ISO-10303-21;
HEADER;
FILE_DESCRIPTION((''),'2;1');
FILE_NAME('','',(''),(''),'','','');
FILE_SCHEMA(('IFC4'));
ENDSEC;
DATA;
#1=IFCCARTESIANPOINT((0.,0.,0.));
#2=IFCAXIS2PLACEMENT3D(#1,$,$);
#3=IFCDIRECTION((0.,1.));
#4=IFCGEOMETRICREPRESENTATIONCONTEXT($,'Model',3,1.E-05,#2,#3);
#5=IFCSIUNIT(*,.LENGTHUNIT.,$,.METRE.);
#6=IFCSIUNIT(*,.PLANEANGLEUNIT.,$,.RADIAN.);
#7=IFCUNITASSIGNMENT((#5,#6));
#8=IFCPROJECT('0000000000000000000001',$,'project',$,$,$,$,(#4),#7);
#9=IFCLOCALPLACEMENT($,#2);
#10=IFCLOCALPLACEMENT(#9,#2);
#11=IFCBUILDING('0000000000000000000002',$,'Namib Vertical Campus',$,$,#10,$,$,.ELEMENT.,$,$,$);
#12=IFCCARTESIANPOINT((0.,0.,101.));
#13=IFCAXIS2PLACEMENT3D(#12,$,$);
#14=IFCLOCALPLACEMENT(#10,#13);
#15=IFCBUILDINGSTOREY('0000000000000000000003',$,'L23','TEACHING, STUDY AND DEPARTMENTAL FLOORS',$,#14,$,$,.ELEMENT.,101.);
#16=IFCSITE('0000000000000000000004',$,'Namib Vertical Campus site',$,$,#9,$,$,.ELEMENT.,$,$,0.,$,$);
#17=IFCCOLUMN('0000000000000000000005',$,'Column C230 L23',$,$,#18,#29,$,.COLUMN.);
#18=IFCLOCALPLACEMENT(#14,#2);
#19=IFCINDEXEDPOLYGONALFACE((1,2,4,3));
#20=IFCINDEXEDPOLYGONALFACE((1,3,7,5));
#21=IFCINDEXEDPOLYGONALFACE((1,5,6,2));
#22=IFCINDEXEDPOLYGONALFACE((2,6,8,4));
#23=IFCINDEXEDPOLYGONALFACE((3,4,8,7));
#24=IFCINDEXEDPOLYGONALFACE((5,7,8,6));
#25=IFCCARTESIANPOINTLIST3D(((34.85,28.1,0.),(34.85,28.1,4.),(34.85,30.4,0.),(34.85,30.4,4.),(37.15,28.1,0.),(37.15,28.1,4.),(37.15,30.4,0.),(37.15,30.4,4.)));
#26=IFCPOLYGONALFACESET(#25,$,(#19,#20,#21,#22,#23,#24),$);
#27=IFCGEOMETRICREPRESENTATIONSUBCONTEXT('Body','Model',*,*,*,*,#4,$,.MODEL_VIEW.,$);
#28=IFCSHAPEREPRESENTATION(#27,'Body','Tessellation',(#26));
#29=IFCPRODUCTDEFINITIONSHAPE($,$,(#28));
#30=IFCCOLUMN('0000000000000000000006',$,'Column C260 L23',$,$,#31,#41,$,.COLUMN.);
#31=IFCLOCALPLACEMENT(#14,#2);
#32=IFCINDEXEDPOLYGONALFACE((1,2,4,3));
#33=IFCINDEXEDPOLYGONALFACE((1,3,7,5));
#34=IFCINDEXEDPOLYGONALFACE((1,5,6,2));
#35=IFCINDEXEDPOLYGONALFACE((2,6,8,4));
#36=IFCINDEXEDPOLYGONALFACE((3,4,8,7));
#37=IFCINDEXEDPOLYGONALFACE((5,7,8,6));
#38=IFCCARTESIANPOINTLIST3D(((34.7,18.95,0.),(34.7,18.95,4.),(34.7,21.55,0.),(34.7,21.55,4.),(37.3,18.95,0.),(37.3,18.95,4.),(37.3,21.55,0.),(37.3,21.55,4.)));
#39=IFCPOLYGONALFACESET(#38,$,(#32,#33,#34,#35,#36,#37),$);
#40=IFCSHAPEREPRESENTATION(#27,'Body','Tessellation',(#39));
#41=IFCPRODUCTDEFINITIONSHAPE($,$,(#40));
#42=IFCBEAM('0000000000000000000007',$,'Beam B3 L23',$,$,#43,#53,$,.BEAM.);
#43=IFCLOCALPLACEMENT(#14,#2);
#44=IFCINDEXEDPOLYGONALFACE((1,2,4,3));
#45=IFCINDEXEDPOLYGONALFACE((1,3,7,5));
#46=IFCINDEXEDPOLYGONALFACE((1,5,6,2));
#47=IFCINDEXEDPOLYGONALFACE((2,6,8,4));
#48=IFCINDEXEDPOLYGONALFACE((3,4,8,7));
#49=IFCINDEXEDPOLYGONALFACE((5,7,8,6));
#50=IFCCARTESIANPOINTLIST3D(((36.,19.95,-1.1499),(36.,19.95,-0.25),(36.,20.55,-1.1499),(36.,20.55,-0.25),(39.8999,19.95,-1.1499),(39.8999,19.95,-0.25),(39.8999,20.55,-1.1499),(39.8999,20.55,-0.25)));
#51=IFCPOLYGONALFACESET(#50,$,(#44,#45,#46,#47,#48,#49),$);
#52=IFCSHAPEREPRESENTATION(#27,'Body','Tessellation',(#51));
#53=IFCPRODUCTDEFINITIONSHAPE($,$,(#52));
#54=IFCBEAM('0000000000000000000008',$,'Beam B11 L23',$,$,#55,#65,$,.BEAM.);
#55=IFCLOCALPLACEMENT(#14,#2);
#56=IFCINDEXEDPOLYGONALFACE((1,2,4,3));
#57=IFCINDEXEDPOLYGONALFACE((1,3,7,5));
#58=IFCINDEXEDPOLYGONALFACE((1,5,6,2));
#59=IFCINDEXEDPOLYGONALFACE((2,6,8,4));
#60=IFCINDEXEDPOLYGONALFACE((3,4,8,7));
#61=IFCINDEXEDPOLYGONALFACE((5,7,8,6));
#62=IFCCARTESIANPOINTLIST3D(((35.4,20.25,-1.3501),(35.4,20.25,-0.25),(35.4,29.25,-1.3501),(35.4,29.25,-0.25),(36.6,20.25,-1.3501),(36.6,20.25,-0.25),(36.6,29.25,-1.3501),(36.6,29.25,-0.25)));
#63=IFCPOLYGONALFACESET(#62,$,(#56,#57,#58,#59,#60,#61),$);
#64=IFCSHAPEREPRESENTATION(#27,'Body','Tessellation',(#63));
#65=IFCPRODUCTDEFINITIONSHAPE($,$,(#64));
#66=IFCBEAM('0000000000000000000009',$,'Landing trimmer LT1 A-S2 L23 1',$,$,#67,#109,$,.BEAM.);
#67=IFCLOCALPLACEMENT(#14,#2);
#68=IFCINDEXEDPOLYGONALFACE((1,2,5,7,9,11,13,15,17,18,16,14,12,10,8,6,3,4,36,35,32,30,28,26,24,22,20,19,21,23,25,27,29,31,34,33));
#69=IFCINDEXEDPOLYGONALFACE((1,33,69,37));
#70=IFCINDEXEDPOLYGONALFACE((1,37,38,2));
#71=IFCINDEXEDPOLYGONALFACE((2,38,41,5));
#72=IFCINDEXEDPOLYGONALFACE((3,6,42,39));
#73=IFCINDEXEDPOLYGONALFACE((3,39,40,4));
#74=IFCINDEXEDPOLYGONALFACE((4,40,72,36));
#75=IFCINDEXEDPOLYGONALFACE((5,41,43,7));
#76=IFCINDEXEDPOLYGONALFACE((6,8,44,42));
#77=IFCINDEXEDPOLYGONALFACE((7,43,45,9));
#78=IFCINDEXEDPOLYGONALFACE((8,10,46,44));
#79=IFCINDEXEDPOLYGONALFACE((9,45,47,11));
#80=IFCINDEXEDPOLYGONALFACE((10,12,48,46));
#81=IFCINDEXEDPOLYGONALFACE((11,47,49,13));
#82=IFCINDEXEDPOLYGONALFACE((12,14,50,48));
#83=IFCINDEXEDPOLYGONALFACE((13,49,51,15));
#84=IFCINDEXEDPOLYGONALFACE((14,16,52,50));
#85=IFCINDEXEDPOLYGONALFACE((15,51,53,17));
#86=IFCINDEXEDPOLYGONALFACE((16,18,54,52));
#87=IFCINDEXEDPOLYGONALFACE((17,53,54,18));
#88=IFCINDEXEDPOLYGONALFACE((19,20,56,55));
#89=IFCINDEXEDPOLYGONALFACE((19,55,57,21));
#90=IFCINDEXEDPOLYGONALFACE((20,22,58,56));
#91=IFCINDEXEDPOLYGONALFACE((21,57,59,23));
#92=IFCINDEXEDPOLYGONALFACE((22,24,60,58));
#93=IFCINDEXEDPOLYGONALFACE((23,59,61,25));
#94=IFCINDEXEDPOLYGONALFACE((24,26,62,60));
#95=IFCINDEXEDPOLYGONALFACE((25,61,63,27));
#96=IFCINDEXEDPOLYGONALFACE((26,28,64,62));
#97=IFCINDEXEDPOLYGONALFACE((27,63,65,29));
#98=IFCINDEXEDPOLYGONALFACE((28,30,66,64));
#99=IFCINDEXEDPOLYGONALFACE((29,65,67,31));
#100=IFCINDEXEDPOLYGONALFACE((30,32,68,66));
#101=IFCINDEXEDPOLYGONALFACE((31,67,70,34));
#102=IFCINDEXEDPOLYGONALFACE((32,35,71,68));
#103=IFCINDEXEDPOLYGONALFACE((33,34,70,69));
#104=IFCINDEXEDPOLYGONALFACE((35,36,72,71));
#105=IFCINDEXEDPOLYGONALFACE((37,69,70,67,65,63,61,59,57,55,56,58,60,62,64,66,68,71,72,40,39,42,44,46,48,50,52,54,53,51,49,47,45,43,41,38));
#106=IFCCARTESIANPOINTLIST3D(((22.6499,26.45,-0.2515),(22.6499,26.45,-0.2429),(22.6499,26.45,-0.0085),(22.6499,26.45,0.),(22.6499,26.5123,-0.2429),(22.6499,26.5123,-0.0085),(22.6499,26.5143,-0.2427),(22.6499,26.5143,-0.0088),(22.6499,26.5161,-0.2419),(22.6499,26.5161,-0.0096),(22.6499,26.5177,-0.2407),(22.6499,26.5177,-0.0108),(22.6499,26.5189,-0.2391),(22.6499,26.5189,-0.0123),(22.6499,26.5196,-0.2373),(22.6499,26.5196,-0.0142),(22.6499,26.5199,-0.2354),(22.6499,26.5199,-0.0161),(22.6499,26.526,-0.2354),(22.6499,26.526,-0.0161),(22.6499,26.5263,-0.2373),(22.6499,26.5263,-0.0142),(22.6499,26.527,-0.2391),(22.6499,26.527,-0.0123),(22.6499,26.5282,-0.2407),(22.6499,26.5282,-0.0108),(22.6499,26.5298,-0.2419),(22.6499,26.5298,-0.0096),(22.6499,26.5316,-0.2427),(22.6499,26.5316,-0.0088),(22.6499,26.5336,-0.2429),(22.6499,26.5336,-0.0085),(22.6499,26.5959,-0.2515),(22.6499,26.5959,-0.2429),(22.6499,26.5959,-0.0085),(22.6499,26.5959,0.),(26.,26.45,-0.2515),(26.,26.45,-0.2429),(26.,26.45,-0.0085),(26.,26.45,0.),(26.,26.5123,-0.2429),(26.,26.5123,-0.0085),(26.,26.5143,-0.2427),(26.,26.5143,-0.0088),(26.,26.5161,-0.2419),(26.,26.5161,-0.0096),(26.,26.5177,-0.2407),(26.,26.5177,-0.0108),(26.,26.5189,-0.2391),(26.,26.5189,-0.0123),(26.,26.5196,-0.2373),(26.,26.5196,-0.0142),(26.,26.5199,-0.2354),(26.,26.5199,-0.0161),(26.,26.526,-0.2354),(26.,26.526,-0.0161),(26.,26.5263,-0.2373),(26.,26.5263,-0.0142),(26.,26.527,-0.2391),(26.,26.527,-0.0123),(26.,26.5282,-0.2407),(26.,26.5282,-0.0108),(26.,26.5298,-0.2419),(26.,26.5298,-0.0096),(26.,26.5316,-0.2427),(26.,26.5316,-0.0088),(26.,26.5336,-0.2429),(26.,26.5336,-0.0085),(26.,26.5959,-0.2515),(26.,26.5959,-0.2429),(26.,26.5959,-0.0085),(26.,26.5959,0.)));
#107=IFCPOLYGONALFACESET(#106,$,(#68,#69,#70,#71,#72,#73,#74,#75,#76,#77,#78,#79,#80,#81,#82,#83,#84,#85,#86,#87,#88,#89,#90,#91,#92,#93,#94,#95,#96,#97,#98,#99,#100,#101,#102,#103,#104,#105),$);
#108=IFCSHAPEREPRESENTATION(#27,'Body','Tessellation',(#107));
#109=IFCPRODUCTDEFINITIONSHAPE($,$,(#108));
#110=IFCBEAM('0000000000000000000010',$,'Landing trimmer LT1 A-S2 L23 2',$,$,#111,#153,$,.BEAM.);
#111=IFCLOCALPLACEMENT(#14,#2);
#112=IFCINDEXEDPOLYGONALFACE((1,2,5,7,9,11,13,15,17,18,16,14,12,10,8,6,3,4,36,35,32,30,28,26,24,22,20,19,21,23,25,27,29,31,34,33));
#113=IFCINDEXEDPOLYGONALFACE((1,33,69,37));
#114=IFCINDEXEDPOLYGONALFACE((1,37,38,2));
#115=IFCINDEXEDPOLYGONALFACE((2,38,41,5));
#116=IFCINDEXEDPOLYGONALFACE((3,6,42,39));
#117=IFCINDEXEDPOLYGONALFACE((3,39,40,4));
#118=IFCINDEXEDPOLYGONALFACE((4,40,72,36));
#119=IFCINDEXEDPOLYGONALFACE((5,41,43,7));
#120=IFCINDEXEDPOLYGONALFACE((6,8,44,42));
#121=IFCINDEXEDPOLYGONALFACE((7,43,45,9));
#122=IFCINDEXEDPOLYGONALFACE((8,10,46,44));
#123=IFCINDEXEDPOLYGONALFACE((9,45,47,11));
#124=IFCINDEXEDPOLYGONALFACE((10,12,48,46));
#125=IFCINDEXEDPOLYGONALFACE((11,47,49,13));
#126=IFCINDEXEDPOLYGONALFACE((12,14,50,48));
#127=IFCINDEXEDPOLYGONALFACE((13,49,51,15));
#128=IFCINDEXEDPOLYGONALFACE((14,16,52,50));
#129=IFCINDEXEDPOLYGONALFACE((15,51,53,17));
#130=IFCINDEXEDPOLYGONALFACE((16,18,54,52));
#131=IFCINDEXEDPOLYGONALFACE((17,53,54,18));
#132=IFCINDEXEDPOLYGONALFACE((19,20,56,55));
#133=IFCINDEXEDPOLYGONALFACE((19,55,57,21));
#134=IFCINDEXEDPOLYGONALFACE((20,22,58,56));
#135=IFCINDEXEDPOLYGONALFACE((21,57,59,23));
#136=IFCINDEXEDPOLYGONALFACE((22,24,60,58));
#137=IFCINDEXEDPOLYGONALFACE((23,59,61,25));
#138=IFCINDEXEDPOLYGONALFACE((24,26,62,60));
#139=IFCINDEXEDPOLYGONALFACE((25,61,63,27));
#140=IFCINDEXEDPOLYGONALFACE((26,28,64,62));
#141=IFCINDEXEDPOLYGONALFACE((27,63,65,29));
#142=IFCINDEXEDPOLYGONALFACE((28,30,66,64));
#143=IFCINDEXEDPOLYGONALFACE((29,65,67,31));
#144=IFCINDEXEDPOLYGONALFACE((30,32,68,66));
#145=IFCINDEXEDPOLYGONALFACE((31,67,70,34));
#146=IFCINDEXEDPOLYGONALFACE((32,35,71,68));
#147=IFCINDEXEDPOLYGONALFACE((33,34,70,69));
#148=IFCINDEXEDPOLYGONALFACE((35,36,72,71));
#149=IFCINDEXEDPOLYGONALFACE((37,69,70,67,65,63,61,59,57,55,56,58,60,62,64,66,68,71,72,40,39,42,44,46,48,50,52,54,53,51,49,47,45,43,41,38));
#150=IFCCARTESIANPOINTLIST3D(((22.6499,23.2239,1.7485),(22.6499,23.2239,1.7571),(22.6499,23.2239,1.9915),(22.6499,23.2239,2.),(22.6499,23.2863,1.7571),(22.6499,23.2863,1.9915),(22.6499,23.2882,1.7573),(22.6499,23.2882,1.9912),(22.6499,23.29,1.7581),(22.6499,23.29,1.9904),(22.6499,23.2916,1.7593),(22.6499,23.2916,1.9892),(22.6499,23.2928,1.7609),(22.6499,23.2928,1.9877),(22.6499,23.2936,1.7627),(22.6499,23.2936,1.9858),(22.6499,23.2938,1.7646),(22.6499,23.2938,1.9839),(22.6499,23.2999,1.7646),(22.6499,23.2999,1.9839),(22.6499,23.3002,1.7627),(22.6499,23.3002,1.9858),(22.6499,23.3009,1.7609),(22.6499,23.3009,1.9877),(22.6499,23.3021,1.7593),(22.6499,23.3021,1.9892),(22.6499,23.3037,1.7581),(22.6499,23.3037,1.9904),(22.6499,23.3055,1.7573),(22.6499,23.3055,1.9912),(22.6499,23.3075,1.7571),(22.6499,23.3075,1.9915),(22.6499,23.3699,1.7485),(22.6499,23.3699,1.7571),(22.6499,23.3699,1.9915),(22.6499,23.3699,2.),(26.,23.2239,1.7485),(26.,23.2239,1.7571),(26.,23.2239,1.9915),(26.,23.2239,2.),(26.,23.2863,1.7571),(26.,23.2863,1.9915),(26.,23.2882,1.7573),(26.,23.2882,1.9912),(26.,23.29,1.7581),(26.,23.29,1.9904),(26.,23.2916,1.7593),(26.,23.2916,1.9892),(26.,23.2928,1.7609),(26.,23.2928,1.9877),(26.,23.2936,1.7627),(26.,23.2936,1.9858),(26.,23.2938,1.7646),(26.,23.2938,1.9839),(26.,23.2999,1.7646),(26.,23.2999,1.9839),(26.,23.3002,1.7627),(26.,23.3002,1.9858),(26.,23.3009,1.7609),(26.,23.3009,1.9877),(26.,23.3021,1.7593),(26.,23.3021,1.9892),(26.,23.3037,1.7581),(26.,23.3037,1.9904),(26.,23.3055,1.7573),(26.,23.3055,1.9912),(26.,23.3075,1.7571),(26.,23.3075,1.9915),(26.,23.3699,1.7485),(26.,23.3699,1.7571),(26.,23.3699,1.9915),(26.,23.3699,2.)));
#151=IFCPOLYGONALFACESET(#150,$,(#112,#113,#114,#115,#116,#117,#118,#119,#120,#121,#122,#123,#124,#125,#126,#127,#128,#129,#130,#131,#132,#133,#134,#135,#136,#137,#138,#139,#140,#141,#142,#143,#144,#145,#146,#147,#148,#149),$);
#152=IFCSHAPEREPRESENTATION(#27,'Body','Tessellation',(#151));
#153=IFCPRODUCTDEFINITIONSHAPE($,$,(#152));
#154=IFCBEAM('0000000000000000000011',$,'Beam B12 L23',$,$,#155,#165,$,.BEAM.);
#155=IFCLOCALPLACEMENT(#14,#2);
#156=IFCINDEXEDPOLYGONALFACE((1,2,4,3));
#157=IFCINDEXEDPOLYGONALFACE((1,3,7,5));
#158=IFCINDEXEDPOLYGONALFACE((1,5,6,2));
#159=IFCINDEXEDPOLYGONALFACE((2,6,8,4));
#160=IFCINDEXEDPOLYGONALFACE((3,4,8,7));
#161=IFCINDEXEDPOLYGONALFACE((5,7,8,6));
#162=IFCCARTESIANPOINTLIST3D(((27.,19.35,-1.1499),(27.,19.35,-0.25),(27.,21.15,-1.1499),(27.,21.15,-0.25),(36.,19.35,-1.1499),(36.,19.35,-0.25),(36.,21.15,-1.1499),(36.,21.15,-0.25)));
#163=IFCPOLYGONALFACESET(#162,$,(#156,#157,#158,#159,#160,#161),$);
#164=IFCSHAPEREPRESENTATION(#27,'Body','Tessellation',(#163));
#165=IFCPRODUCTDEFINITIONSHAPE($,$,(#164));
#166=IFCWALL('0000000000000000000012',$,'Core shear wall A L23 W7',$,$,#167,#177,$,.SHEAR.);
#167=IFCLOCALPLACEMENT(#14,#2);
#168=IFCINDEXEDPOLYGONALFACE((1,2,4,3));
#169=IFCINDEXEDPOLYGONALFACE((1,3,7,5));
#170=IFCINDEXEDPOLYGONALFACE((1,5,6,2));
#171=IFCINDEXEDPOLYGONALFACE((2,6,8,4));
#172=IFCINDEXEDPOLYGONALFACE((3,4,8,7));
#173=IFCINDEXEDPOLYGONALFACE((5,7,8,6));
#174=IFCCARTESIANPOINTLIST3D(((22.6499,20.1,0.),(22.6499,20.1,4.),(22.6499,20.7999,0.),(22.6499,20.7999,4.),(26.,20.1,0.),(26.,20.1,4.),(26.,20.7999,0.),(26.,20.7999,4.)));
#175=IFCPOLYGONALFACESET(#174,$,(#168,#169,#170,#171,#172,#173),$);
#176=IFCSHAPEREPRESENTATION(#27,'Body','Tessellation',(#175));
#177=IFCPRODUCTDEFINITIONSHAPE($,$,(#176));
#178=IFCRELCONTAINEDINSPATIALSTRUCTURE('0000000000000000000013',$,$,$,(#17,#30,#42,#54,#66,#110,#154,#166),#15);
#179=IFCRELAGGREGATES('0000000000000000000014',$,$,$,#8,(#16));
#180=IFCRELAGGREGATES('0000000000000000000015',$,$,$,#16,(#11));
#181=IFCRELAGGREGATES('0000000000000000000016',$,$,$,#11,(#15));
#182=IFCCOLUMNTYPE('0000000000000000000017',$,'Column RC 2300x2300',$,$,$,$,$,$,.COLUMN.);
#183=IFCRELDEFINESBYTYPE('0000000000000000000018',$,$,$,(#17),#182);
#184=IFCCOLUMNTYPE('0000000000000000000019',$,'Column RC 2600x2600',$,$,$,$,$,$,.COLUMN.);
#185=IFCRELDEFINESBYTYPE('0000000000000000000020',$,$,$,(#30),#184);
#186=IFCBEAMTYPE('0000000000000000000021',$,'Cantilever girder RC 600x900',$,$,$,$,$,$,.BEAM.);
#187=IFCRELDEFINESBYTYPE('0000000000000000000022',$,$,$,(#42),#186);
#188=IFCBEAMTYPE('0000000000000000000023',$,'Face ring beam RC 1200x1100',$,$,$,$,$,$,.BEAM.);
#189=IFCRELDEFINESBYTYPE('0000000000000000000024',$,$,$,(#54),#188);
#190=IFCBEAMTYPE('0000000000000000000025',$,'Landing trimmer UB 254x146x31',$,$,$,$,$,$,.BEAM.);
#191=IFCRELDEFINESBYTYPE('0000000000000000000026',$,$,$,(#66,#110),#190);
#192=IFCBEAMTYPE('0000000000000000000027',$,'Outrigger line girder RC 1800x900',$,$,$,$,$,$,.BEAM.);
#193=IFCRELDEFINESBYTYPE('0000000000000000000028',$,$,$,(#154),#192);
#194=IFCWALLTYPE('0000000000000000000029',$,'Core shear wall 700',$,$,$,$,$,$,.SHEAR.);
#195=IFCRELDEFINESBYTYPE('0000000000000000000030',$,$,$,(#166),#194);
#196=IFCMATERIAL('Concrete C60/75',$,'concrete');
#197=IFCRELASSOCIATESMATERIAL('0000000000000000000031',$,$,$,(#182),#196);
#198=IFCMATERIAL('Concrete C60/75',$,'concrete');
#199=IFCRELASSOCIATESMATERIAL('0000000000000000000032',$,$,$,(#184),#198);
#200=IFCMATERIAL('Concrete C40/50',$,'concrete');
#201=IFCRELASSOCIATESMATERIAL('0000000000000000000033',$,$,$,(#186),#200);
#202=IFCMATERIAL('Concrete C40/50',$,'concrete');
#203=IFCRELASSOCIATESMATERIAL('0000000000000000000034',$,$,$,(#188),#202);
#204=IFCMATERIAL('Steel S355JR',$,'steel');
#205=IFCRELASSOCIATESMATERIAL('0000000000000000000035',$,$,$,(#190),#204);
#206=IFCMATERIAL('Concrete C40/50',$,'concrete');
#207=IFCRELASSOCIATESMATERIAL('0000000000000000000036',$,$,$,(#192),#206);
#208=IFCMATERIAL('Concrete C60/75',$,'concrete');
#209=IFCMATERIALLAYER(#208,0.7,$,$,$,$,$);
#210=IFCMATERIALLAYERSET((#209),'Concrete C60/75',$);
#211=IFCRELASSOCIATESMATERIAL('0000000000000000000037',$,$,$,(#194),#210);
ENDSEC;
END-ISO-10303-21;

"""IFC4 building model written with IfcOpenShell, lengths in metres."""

from ifc_helpers import new_model, si_unit, direction, frame, frame_2d, origin, origin_2d, place, context, subcontext, project, spatial, rectangle, i_section, extrude, material, layer, layer_set, material_profile, profile_set, type_object, element, save


model = new_model("IFC4")

# Units and contexts
model_context = context("Model", 3, precision=1e-05, world=origin(), true_north=direction((0.0, 1.0)))
body_context = subcontext(model_context, "Body", "Model", "MODEL_VIEW")
ifc_project = project(units=[si_unit("LENGTHUNIT", "METRE"), si_unit("PLANEANGLEUNIT", "RADIAN")], contexts=[model_context])

# Site, building, storey
site_placement = place(None, origin())
site = spatial("IfcSite", under=ifc_project, at=site_placement, Name="Namib Vertical Campus site", CompositionType="ELEMENT", RefElevation=0.0)
building_placement = place(site_placement, origin())
building = spatial("IfcBuilding", under=site, at=building_placement, Name="Namib Vertical Campus", CompositionType="ELEMENT")
storey_placement = place(building_placement, frame((0.0, 0.0, 101.0)))
storey = spatial("IfcBuildingStorey", under=building, at=storey_placement, Name="L23", Description="TEACHING, STUDY AND DEPARTMENTAL FLOORS", CompositionType="ELEMENT", Elevation=101.0)

# Columns
ifc_material_1 = material(Name="Concrete C60/75", Category="concrete")
ifc_material_profile_1 = material_profile(ifc_material_1, rectangle(XDim=2.3, YDim=2.3, at=origin_2d()))
ifc_profile_set_1 = profile_set([ifc_material_profile_1], Name="Concrete C60/75")
column_type_1 = type_object("IfcColumnType", Name="Column RC 2300x2300", PredefinedType="COLUMN", material=ifc_profile_set_1)
column_1_placement = place(storey_placement, frame((36.0, 29.25, 0.0), z_axis=(0.0, 0.0, 1.0), x_axis=(1.0, 0.0, 0.0)))
element("IfcColumn", 1, at=column_1_placement, inside=storey, type_object=column_type_1, Name="Column C230 L23", PredefinedType="COLUMN", context=body_context, shape_type="SweptSolid", body=[
    extrude(rectangle(XDim=2.3, YDim=2.3, at=origin_2d()), origin(), (0.0, 0.0, 1.0), 4.0),
])
ifc_material_2 = material(Name="Concrete C60/75", Category="concrete")
ifc_material_profile_2 = material_profile(ifc_material_2, rectangle(XDim=2.6001, YDim=2.6001, at=origin_2d()))
ifc_profile_set_2 = profile_set([ifc_material_profile_2], Name="Concrete C60/75")
column_type_2 = type_object("IfcColumnType", Name="Column RC 2600x2600", PredefinedType="COLUMN", material=ifc_profile_set_2)
column_2_placement = place(storey_placement, frame((36.0, 20.25, 0.0), z_axis=(0.0, 0.0, 1.0), x_axis=(1.0, 0.0, 0.0)))
element("IfcColumn", 2, at=column_2_placement, inside=storey, type_object=column_type_2, Name="Column C260 L23", PredefinedType="COLUMN", context=body_context, shape_type="SweptSolid", body=[
    extrude(rectangle(XDim=2.6001, YDim=2.6001, at=origin_2d()), origin(), (0.0, 0.0, 1.0), 4.0),
])

# Beams
ifc_material_3 = material(Name="Concrete C40/50", Category="concrete")
ifc_material_profile_3 = material_profile(ifc_material_3, rectangle(XDim=0.6001, YDim=0.8999, at=origin_2d()))
ifc_profile_set_3 = profile_set([ifc_material_profile_3], Name="Concrete C40/50")
beam_type_1 = type_object("IfcBeamType", Name="Cantilever girder RC 600x900", PredefinedType="BEAM", material=ifc_profile_set_3)
beam_1_placement = place(storey_placement, frame((36.0, 20.25, -0.7), z_axis=(1.0, 0.0, 0.0), x_axis=(0.0, 1.0, 0.0)))
element("IfcBeam", 3, at=beam_1_placement, inside=storey, type_object=beam_type_1, Name="Beam B3 L23", PredefinedType="BEAM", context=body_context, shape_type="SweptSolid", body=[
    extrude(rectangle(XDim=0.6001, YDim=0.8999, at=origin_2d()), origin(), (0.0, 0.0, 1.0), 3.8999),
])
ifc_material_4 = material(Name="Concrete C40/50", Category="concrete")
ifc_material_profile_4 = material_profile(ifc_material_4, rectangle(XDim=1.2, YDim=1.1001, at=origin_2d()))
ifc_profile_set_4 = profile_set([ifc_material_profile_4], Name="Concrete C40/50")
beam_type_2 = type_object("IfcBeamType", Name="Face ring beam RC 1200x1100", PredefinedType="BEAM", material=ifc_profile_set_4)
beam_2_placement = place(storey_placement, frame((36.0, 20.25, -0.8), z_axis=(0.0, 1.0, 0.0), x_axis=(-1.0, 0.0, 0.0)))
element("IfcBeam", 4, at=beam_2_placement, inside=storey, type_object=beam_type_2, Name="Beam B11 L23", PredefinedType="BEAM", context=body_context, shape_type="SweptSolid", body=[
    extrude(rectangle(XDim=1.2, YDim=1.1001, at=origin_2d()), origin(), (0.0, 0.0, 1.0), 9.0),
])
ifc_material_5 = material(Name="Steel S355JR", Category="steel")
ifc_material_profile_5 = material_profile(ifc_material_5, i_section(OverallWidth=0.146, OverallDepth=0.2515, WebThickness=0.0061, FlangeThickness=0.0085, FilletRadius=0.0076, at=origin_2d()))
ifc_profile_set_5 = profile_set([ifc_material_profile_5], Name="Steel S355JR")
beam_type_3 = type_object("IfcBeamType", Name="Landing trimmer UB 254x146x31", PredefinedType="BEAM", material=ifc_profile_set_5)
for number, where, z_axis, x_axis, name in (
    (5, (22.6499, 26.5229, -0.1257), (1.0, 0.0, 0.0), (0.0, 1.0, 0.0), "Landing trimmer LT1 A-S2 L23 1"),
    (6, (22.6499, 23.2969, 1.8743), (1.0, 0.0, 0.0), (0.0, 1.0, 0.0), "Landing trimmer LT1 A-S2 L23 2"),
):
    element("IfcBeam", number, at=place(storey_placement, frame(where, z_axis=z_axis, x_axis=x_axis)), inside=storey, type_object=beam_type_3, Name=name, PredefinedType="BEAM", context=body_context, shape_type="SweptSolid", body=[
        extrude(i_section(OverallWidth=0.146, OverallDepth=0.2515, WebThickness=0.0061, FlangeThickness=0.0085, FilletRadius=0.0076, at=origin_2d()), origin(), (0.0, 0.0, 1.0), 3.3501),
    ])
ifc_material_6 = material(Name="Concrete C40/50", Category="concrete")
ifc_material_profile_6 = material_profile(ifc_material_6, rectangle(XDim=1.8, YDim=0.8999, at=origin_2d()))
ifc_profile_set_6 = profile_set([ifc_material_profile_6], Name="Concrete C40/50")
beam_type_4 = type_object("IfcBeamType", Name="Outrigger line girder RC 1800x900", PredefinedType="BEAM", material=ifc_profile_set_6)
beam_3_placement = place(storey_placement, frame((36.0, 20.25, -0.7), z_axis=(-1.0, 0.0, 0.0), x_axis=(0.0, -1.0, 0.0)))
element("IfcBeam", 7, at=beam_3_placement, inside=storey, type_object=beam_type_4, Name="Beam B12 L23", PredefinedType="BEAM", context=body_context, shape_type="SweptSolid", body=[
    extrude(rectangle(XDim=1.8, YDim=0.8999, at=origin_2d()), origin(), (0.0, 0.0, 1.0), 9.0),
])

# Wall
ifc_material_7 = material(Name="Concrete C60/75", Category="concrete")
ifc_layer_1 = layer(ifc_material_7, 0.7)
ifc_layer_set_1 = layer_set([ifc_layer_1], Name="Concrete C60/75")
wall_type_1 = type_object("IfcWallType", Name="Core shear wall 700", PredefinedType="SHEAR", material=ifc_layer_set_1)
wall_1_placement = place(storey_placement, frame((22.6499, 20.45, 0.0), z_axis=(0.0, 0.0, 1.0), x_axis=(1.0, 0.0, 0.0)))
element("IfcWall", 8, at=wall_1_placement, inside=storey, type_object=wall_type_1, Name="Core shear wall A L23 W7", PredefinedType="SHEAR", context=body_context, shape_type="SweptSolid", body=[
    extrude(rectangle(XDim=3.3501, YDim=0.7, at=frame_2d((1.675, 0.0))), origin(), (0.0, 0.0, 1.0), 4.0),
])

save(model, "model.ifc")
